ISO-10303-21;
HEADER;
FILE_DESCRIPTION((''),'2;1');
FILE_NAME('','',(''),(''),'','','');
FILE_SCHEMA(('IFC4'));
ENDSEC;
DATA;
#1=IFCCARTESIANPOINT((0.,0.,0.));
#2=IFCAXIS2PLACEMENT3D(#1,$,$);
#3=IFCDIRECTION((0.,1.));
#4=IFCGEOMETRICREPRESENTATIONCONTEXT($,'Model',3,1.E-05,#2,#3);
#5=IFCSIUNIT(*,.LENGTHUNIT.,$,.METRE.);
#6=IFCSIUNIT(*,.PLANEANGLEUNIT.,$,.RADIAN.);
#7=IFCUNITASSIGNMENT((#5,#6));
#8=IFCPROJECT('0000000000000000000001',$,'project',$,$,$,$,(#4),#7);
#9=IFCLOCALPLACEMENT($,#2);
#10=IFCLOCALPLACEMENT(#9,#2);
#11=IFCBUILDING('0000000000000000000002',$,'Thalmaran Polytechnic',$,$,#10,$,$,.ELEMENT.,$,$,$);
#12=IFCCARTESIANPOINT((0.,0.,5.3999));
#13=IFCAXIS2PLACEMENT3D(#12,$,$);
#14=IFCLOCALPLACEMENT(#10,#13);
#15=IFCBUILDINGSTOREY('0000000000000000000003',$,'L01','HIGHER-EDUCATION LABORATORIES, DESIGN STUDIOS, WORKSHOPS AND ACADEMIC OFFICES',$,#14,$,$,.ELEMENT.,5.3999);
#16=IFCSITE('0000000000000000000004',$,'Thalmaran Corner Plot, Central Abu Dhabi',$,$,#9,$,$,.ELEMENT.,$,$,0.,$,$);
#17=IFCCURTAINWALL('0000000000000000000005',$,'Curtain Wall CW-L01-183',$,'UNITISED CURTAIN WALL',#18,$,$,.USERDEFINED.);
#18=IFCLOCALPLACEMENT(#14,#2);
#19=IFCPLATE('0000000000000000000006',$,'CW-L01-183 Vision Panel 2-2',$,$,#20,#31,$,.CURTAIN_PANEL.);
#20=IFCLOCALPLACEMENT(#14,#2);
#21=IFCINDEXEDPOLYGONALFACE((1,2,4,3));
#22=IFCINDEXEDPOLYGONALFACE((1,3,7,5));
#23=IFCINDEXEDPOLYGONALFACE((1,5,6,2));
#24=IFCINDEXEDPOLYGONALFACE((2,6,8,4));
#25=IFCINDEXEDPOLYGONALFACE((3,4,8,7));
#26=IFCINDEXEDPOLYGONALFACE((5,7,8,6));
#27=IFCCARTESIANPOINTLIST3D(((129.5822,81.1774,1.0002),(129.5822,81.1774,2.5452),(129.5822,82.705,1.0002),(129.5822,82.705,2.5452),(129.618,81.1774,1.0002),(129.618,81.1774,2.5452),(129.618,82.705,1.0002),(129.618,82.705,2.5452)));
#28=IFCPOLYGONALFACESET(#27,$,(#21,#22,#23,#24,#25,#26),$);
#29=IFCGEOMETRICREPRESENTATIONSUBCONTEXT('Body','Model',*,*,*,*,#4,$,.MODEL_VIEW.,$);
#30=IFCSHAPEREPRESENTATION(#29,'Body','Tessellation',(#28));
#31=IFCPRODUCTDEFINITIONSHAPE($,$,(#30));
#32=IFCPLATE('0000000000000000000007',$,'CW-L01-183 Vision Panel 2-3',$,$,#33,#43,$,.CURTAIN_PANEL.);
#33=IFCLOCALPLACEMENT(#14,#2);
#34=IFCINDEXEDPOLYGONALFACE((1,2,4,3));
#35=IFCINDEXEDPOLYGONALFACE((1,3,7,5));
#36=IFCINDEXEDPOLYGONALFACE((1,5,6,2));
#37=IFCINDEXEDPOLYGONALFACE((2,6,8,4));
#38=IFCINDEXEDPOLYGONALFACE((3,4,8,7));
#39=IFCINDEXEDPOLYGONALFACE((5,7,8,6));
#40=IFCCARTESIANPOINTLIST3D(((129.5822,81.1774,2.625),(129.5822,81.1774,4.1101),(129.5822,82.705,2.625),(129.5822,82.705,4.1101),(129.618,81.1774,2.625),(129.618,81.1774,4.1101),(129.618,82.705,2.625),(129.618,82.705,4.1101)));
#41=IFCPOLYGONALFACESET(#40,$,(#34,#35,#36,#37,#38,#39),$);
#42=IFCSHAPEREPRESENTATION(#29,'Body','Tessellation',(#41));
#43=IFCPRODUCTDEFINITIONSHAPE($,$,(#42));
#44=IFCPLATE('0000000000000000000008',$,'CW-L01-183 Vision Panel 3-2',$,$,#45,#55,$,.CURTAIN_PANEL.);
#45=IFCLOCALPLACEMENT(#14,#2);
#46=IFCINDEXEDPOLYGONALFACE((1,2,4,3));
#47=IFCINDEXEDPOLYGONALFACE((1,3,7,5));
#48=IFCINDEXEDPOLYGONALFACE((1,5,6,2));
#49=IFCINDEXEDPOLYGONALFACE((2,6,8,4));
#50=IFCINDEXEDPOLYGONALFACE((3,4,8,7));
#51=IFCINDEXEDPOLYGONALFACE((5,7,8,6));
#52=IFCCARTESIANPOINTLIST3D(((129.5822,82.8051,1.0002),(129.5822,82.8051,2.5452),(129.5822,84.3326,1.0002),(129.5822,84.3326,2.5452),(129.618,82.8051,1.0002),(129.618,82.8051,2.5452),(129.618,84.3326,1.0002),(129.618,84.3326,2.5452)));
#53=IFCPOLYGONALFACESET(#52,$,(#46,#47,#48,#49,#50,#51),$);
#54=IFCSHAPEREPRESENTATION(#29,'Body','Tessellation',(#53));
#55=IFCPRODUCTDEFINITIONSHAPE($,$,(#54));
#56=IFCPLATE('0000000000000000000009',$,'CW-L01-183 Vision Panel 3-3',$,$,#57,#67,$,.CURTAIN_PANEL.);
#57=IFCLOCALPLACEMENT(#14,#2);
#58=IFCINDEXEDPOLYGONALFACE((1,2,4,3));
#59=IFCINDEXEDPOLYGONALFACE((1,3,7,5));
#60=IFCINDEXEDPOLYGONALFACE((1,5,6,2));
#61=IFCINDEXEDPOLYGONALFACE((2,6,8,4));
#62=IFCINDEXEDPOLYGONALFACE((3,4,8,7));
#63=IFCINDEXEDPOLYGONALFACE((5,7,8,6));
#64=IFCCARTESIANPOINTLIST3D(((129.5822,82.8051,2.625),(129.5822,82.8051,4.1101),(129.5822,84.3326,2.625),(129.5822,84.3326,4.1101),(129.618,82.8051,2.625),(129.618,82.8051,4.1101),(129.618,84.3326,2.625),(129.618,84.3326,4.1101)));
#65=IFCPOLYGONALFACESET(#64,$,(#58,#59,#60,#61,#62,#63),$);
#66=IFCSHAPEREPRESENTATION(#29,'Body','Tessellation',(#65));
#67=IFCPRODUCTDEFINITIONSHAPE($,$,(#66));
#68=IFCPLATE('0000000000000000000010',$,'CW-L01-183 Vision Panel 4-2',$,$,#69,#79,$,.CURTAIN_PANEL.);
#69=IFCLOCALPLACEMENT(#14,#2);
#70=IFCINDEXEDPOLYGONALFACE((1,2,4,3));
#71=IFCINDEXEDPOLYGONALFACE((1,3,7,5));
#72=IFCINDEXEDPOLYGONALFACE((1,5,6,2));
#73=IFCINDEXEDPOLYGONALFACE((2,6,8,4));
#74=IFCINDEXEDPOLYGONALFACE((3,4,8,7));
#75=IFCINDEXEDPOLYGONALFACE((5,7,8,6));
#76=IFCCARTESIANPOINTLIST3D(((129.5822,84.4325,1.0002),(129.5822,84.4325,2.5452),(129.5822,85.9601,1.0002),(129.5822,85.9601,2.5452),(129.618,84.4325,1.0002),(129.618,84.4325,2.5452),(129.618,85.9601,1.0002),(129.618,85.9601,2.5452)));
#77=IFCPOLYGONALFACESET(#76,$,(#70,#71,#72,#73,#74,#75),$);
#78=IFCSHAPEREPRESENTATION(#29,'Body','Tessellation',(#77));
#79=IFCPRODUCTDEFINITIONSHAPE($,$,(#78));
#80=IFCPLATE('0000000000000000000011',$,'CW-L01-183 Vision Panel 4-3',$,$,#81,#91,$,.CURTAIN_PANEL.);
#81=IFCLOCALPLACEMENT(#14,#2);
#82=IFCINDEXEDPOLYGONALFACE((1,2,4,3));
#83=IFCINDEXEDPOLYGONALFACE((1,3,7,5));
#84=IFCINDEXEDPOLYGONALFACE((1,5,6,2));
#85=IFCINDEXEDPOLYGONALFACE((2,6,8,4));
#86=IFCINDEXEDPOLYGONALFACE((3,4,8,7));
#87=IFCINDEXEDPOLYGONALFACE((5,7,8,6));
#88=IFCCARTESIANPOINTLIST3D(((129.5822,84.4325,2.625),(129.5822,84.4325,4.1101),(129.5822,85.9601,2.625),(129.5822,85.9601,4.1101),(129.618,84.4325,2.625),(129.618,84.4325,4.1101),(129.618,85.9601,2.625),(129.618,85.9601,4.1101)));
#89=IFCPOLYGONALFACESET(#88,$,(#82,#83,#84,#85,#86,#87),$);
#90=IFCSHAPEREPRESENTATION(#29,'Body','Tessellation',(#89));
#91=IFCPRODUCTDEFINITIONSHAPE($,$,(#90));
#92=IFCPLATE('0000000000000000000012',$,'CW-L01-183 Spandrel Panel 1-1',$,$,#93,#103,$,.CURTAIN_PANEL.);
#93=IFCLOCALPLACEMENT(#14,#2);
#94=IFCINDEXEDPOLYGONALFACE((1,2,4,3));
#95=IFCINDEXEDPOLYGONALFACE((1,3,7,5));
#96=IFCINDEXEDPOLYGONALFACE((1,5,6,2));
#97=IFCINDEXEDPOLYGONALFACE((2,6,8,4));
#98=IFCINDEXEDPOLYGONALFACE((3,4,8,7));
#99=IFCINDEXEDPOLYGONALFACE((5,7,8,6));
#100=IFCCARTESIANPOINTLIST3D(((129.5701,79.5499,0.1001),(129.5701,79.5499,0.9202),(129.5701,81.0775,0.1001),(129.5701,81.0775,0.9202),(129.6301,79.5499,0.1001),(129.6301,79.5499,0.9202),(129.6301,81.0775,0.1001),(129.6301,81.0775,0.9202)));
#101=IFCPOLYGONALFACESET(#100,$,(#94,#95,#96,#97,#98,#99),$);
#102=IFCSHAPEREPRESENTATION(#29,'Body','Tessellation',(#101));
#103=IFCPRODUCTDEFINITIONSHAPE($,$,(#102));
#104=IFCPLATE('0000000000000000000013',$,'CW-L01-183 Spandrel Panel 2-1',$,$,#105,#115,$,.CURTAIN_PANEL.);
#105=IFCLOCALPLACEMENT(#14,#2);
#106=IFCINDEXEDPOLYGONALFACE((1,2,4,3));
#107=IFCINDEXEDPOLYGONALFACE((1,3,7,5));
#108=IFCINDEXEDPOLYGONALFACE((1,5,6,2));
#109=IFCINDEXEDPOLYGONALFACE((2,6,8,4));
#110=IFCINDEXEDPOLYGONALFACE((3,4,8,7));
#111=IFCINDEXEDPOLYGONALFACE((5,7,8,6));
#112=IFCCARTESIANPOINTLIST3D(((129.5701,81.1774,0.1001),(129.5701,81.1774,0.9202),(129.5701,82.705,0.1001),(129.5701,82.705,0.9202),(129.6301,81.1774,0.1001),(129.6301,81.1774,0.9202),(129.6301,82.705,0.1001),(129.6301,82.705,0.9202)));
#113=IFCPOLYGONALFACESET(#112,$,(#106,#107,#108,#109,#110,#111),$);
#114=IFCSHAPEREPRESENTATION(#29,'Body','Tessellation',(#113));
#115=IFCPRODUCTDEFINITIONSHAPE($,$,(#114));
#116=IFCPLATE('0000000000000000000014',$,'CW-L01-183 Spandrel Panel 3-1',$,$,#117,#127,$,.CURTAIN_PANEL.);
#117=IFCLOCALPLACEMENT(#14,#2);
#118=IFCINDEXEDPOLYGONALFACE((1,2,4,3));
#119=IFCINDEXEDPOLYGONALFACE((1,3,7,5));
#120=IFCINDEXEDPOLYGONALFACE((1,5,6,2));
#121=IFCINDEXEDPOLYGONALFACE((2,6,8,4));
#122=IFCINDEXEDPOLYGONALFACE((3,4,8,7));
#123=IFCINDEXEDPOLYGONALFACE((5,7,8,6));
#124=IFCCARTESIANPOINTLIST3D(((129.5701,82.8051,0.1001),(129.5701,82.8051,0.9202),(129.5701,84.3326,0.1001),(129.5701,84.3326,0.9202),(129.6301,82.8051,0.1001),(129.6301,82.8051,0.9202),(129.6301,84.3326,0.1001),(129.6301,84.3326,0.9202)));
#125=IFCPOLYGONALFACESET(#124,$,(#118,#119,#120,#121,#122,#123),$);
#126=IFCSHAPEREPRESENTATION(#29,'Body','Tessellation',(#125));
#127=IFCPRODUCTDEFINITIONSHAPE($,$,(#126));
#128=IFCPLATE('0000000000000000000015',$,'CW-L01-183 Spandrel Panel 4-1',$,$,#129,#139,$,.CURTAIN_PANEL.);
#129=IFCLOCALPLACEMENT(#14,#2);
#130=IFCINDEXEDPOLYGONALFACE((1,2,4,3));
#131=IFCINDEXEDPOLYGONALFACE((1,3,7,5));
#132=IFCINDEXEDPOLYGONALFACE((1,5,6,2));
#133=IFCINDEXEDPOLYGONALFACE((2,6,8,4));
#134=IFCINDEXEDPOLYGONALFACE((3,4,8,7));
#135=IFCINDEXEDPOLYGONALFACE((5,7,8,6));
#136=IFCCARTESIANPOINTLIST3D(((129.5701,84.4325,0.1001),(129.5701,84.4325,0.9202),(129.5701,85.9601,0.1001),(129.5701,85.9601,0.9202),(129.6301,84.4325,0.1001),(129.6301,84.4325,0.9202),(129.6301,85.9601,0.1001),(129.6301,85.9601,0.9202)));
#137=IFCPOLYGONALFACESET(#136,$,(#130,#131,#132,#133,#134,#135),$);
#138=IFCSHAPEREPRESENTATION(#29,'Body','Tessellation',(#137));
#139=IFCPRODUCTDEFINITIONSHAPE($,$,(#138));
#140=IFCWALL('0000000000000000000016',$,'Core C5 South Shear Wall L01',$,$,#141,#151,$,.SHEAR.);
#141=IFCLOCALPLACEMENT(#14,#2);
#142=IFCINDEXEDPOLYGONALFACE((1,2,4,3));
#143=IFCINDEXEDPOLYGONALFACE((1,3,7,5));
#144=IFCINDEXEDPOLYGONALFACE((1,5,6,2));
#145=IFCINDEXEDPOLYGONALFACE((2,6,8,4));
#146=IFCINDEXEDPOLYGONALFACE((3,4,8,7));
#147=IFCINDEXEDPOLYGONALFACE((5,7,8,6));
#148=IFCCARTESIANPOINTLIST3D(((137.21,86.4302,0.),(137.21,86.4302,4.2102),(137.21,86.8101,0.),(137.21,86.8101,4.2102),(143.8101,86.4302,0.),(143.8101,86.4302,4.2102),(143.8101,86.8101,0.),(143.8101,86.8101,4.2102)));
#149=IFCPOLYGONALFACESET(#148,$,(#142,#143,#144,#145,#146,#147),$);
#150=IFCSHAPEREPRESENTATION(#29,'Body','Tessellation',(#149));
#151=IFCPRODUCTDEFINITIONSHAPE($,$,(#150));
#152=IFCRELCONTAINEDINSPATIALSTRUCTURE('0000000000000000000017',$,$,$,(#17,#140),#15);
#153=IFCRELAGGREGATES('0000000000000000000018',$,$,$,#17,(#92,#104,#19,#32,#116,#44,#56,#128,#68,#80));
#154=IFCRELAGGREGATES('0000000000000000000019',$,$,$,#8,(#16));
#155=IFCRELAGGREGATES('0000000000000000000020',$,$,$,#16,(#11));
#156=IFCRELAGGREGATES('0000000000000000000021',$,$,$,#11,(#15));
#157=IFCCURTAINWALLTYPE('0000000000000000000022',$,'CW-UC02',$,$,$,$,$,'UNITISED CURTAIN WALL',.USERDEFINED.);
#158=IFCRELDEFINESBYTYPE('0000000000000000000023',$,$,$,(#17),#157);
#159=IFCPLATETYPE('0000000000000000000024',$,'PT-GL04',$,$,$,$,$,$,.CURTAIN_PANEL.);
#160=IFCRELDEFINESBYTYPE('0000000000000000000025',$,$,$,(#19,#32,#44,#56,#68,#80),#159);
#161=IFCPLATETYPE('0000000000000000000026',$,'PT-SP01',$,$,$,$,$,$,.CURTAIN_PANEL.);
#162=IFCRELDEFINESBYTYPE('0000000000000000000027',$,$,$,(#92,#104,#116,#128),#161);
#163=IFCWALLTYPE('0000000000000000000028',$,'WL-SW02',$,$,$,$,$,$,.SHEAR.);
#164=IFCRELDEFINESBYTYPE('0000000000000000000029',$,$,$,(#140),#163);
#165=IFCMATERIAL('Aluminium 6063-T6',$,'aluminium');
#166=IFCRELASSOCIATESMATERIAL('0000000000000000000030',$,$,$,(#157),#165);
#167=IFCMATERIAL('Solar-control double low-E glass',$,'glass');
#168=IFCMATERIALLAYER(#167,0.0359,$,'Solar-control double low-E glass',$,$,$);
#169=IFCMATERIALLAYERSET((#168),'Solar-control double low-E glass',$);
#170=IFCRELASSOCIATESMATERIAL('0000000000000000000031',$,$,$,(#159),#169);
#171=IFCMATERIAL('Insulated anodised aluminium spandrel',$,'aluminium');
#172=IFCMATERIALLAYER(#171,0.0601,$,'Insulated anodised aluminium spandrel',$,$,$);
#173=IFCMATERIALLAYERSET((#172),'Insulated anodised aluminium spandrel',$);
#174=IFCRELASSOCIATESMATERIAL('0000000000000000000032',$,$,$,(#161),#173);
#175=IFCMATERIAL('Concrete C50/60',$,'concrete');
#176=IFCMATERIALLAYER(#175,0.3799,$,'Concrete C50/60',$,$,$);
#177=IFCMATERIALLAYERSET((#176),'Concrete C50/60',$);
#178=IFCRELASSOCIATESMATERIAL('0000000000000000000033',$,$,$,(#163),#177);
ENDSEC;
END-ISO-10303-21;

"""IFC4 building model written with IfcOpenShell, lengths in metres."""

from ifc_helpers import new_model, si_unit, direction, frame, frame_2d, origin, origin_2d, place, context, subcontext, project, spatial, rectangle, extrude, material, layer, layer_set, type_object, element, aggregate, save


model = new_model("IFC4")

# Units and contexts
model_context = context("Model", 3, precision=1e-05, world=origin(), true_north=direction((0.0, 1.0)))
body_context = subcontext(model_context, "Body", "Model", "MODEL_VIEW")
ifc_project = project(units=[si_unit("LENGTHUNIT", "METRE"), si_unit("PLANEANGLEUNIT", "RADIAN")], contexts=[model_context])

# Site, building, storey
site_placement = place(None, origin())
site = spatial("IfcSite", under=ifc_project, at=site_placement, Name="Thalmaran Corner Plot, Central Abu Dhabi", CompositionType="ELEMENT", RefElevation=0.0)
building_placement = place(site_placement, origin())
building = spatial("IfcBuilding", under=site, at=building_placement, Name="Thalmaran Polytechnic", CompositionType="ELEMENT")
storey_placement = place(building_placement, frame((0.0, 0.0, 5.3999)))
storey = spatial("IfcBuildingStorey", under=building, at=storey_placement, Name="L01", Description="HIGHER-EDUCATION LABORATORIES, DESIGN STUDIOS, WORKSHOPS AND ACADEMIC OFFICES", CompositionType="ELEMENT", Elevation=5.3999)

# Shared definitions
ifc_material_1 = material(Name="Concrete C50/60", Category="concrete")

# Curtain wall, plates
ifc_material_2 = material(Name="Aluminium 6063-T6", Category="aluminium")
curtain_wall_type = type_object("IfcCurtainWallType", Name="CW-UC02", ElementType="UNITISED CURTAIN WALL", PredefinedType="USERDEFINED", material=ifc_material_2)
curtain_wall_placement = place(storey_placement, origin())
curtain_wall = element("IfcCurtainWall", 1, at=curtain_wall_placement, inside=storey, type_object=curtain_wall_type, Name="Curtain Wall CW-L01-183", ObjectType="UNITISED CURTAIN WALL", PredefinedType="USERDEFINED")
ifc_material_3 = material(Name="Solar-control double low-E glass", Category="glass")
ifc_layer_1 = layer(ifc_material_3, 0.0359, Name="Solar-control double low-E glass")
ifc_layer_set_1 = layer_set([ifc_layer_1], Name="Solar-control double low-E glass")
plate_type_1 = type_object("IfcPlateType", Name="PT-GL04", PredefinedType="CURTAIN_PANEL", material=ifc_layer_set_1)
plate_1_placement = place(storey_placement, frame((129.6001, 81.9412, 1.0002), z_axis=(0.0, 0.0, 1.0), x_axis=(0.0, 1.0, 0.0)))
plate_1 = element("IfcPlate", 2, at=plate_1_placement, type_object=plate_type_1, Name="CW-L01-183 Vision Panel 2-2", PredefinedType="CURTAIN_PANEL", context=body_context, shape_type="SweptSolid", body=[
    extrude(rectangle(XDim=1.5276, YDim=0.0359, at=origin_2d()), origin(), (0.0, 0.0, 1.0), 1.5449),
])
plate_2_placement = place(storey_placement, frame((129.6001, 81.9412, 2.625), z_axis=(0.0, 0.0, 1.0), x_axis=(0.0, 1.0, 0.0)))
plate_2 = element("IfcPlate", 3, at=plate_2_placement, type_object=plate_type_1, Name="CW-L01-183 Vision Panel 2-3", PredefinedType="CURTAIN_PANEL", context=body_context, shape_type="SweptSolid", body=[
    extrude(rectangle(XDim=1.5276, YDim=0.0359, at=origin_2d()), origin(), (0.0, 0.0, 1.0), 1.4851),
])
plate_3_placement = place(storey_placement, frame((129.6001, 83.5688, 1.0002), z_axis=(0.0, 0.0, 1.0), x_axis=(0.0, 1.0, 0.0)))
plate_3 = element("IfcPlate", 4, at=plate_3_placement, type_object=plate_type_1, Name="CW-L01-183 Vision Panel 3-2", PredefinedType="CURTAIN_PANEL", context=body_context, shape_type="SweptSolid", body=[
    extrude(rectangle(XDim=1.5276, YDim=0.0359, at=origin_2d()), origin(), (0.0, 0.0, 1.0), 1.5449),
])
plate_4_placement = place(storey_placement, frame((129.6001, 83.5688, 2.625), z_axis=(0.0, 0.0, 1.0), x_axis=(0.0, 1.0, 0.0)))
plate_4 = element("IfcPlate", 5, at=plate_4_placement, type_object=plate_type_1, Name="CW-L01-183 Vision Panel 3-3", PredefinedType="CURTAIN_PANEL", context=body_context, shape_type="SweptSolid", body=[
    extrude(rectangle(XDim=1.5276, YDim=0.0359, at=origin_2d()), origin(), (0.0, 0.0, 1.0), 1.4851),
])
plate_5_placement = place(storey_placement, frame((129.6001, 85.1963, 1.0002), z_axis=(0.0, 0.0, 1.0), x_axis=(0.0, 1.0, 0.0)))
plate_5 = element("IfcPlate", 6, at=plate_5_placement, type_object=plate_type_1, Name="CW-L01-183 Vision Panel 4-2", PredefinedType="CURTAIN_PANEL", context=body_context, shape_type="SweptSolid", body=[
    extrude(rectangle(XDim=1.5276, YDim=0.0359, at=origin_2d()), origin(), (0.0, 0.0, 1.0), 1.5449),
])
plate_6_placement = place(storey_placement, frame((129.6001, 85.1963, 2.625), z_axis=(0.0, 0.0, 1.0), x_axis=(0.0, 1.0, 0.0)))
plate_6 = element("IfcPlate", 7, at=plate_6_placement, type_object=plate_type_1, Name="CW-L01-183 Vision Panel 4-3", PredefinedType="CURTAIN_PANEL", context=body_context, shape_type="SweptSolid", body=[
    extrude(rectangle(XDim=1.5276, YDim=0.0359, at=origin_2d()), origin(), (0.0, 0.0, 1.0), 1.4851),
])
ifc_material_4 = material(Name="Insulated anodised aluminium spandrel", Category="aluminium")
ifc_layer_2 = layer(ifc_material_4, 0.0601, Name="Insulated anodised aluminium spandrel")
ifc_layer_set_2 = layer_set([ifc_layer_2], Name="Insulated anodised aluminium spandrel")
plate_type_2 = type_object("IfcPlateType", Name="PT-SP01", PredefinedType="CURTAIN_PANEL", material=ifc_layer_set_2)
plate_7_placement = place(storey_placement, frame((129.6001, 80.3137, 0.1001), z_axis=(0.0, 0.0, 1.0), x_axis=(0.0, 1.0, 0.0)))
plate_7 = element("IfcPlate", 8, at=plate_7_placement, type_object=plate_type_2, Name="CW-L01-183 Spandrel Panel 1-1", PredefinedType="CURTAIN_PANEL", context=body_context, shape_type="SweptSolid", body=[
    extrude(rectangle(XDim=1.5276, YDim=0.0601, at=origin_2d()), origin(), (0.0, 0.0, 1.0), 0.8201),
])
plate_8_placement = place(storey_placement, frame((129.6001, 81.9412, 0.1001), z_axis=(0.0, 0.0, 1.0), x_axis=(0.0, 1.0, 0.0)))
plate_8 = element("IfcPlate", 9, at=plate_8_placement, type_object=plate_type_2, Name="CW-L01-183 Spandrel Panel 2-1", PredefinedType="CURTAIN_PANEL", context=body_context, shape_type="SweptSolid", body=[
    extrude(rectangle(XDim=1.5276, YDim=0.0601, at=origin_2d()), origin(), (0.0, 0.0, 1.0), 0.8201),
])
plate_9_placement = place(storey_placement, frame((129.6001, 83.5688, 0.1001), z_axis=(0.0, 0.0, 1.0), x_axis=(0.0, 1.0, 0.0)))
plate_9 = element("IfcPlate", 10, at=plate_9_placement, type_object=plate_type_2, Name="CW-L01-183 Spandrel Panel 3-1", PredefinedType="CURTAIN_PANEL", context=body_context, shape_type="SweptSolid", body=[
    extrude(rectangle(XDim=1.5276, YDim=0.0601, at=origin_2d()), origin(), (0.0, 0.0, 1.0), 0.8201),
])
plate_10_placement = place(storey_placement, frame((129.6001, 85.1963, 0.1001), z_axis=(0.0, 0.0, 1.0), x_axis=(0.0, 1.0, 0.0)))
plate_10 = element("IfcPlate", 11, at=plate_10_placement, type_object=plate_type_2, Name="CW-L01-183 Spandrel Panel 4-1", PredefinedType="CURTAIN_PANEL", context=body_context, shape_type="SweptSolid", body=[
    extrude(rectangle(XDim=1.5276, YDim=0.0601, at=origin_2d()), origin(), (0.0, 0.0, 1.0), 0.8201),
])
aggregate(curtain_wall, [plate_7, plate_8, plate_1, plate_2, plate_9, plate_3, plate_4, plate_10, plate_5, plate_6])

# Wall
ifc_layer_3 = layer(ifc_material_1, 0.3799, Name="Concrete C50/60")
ifc_layer_set_3 = layer_set([ifc_layer_3], Name="Concrete C50/60")
wall_type = type_object("IfcWallType", Name="WL-SW02", PredefinedType="SHEAR", material=ifc_layer_set_3)
wall_placement = place(storey_placement, frame((137.21, 86.6201, 0.0), z_axis=(0.0, 0.0, 1.0), x_axis=(1.0, 0.0, 0.0)))
element("IfcWall", 12, at=wall_placement, inside=storey, type_object=wall_type, Name="Core C5 South Shear Wall L01", PredefinedType="SHEAR", context=body_context, shape_type="SweptSolid", body=[
    extrude(rectangle(XDim=6.6001, YDim=0.3799, at=frame_2d((3.3, 0.0))), origin(), (0.0, 0.0, 1.0), 4.2102),
])

save(model, "model.ifc")
